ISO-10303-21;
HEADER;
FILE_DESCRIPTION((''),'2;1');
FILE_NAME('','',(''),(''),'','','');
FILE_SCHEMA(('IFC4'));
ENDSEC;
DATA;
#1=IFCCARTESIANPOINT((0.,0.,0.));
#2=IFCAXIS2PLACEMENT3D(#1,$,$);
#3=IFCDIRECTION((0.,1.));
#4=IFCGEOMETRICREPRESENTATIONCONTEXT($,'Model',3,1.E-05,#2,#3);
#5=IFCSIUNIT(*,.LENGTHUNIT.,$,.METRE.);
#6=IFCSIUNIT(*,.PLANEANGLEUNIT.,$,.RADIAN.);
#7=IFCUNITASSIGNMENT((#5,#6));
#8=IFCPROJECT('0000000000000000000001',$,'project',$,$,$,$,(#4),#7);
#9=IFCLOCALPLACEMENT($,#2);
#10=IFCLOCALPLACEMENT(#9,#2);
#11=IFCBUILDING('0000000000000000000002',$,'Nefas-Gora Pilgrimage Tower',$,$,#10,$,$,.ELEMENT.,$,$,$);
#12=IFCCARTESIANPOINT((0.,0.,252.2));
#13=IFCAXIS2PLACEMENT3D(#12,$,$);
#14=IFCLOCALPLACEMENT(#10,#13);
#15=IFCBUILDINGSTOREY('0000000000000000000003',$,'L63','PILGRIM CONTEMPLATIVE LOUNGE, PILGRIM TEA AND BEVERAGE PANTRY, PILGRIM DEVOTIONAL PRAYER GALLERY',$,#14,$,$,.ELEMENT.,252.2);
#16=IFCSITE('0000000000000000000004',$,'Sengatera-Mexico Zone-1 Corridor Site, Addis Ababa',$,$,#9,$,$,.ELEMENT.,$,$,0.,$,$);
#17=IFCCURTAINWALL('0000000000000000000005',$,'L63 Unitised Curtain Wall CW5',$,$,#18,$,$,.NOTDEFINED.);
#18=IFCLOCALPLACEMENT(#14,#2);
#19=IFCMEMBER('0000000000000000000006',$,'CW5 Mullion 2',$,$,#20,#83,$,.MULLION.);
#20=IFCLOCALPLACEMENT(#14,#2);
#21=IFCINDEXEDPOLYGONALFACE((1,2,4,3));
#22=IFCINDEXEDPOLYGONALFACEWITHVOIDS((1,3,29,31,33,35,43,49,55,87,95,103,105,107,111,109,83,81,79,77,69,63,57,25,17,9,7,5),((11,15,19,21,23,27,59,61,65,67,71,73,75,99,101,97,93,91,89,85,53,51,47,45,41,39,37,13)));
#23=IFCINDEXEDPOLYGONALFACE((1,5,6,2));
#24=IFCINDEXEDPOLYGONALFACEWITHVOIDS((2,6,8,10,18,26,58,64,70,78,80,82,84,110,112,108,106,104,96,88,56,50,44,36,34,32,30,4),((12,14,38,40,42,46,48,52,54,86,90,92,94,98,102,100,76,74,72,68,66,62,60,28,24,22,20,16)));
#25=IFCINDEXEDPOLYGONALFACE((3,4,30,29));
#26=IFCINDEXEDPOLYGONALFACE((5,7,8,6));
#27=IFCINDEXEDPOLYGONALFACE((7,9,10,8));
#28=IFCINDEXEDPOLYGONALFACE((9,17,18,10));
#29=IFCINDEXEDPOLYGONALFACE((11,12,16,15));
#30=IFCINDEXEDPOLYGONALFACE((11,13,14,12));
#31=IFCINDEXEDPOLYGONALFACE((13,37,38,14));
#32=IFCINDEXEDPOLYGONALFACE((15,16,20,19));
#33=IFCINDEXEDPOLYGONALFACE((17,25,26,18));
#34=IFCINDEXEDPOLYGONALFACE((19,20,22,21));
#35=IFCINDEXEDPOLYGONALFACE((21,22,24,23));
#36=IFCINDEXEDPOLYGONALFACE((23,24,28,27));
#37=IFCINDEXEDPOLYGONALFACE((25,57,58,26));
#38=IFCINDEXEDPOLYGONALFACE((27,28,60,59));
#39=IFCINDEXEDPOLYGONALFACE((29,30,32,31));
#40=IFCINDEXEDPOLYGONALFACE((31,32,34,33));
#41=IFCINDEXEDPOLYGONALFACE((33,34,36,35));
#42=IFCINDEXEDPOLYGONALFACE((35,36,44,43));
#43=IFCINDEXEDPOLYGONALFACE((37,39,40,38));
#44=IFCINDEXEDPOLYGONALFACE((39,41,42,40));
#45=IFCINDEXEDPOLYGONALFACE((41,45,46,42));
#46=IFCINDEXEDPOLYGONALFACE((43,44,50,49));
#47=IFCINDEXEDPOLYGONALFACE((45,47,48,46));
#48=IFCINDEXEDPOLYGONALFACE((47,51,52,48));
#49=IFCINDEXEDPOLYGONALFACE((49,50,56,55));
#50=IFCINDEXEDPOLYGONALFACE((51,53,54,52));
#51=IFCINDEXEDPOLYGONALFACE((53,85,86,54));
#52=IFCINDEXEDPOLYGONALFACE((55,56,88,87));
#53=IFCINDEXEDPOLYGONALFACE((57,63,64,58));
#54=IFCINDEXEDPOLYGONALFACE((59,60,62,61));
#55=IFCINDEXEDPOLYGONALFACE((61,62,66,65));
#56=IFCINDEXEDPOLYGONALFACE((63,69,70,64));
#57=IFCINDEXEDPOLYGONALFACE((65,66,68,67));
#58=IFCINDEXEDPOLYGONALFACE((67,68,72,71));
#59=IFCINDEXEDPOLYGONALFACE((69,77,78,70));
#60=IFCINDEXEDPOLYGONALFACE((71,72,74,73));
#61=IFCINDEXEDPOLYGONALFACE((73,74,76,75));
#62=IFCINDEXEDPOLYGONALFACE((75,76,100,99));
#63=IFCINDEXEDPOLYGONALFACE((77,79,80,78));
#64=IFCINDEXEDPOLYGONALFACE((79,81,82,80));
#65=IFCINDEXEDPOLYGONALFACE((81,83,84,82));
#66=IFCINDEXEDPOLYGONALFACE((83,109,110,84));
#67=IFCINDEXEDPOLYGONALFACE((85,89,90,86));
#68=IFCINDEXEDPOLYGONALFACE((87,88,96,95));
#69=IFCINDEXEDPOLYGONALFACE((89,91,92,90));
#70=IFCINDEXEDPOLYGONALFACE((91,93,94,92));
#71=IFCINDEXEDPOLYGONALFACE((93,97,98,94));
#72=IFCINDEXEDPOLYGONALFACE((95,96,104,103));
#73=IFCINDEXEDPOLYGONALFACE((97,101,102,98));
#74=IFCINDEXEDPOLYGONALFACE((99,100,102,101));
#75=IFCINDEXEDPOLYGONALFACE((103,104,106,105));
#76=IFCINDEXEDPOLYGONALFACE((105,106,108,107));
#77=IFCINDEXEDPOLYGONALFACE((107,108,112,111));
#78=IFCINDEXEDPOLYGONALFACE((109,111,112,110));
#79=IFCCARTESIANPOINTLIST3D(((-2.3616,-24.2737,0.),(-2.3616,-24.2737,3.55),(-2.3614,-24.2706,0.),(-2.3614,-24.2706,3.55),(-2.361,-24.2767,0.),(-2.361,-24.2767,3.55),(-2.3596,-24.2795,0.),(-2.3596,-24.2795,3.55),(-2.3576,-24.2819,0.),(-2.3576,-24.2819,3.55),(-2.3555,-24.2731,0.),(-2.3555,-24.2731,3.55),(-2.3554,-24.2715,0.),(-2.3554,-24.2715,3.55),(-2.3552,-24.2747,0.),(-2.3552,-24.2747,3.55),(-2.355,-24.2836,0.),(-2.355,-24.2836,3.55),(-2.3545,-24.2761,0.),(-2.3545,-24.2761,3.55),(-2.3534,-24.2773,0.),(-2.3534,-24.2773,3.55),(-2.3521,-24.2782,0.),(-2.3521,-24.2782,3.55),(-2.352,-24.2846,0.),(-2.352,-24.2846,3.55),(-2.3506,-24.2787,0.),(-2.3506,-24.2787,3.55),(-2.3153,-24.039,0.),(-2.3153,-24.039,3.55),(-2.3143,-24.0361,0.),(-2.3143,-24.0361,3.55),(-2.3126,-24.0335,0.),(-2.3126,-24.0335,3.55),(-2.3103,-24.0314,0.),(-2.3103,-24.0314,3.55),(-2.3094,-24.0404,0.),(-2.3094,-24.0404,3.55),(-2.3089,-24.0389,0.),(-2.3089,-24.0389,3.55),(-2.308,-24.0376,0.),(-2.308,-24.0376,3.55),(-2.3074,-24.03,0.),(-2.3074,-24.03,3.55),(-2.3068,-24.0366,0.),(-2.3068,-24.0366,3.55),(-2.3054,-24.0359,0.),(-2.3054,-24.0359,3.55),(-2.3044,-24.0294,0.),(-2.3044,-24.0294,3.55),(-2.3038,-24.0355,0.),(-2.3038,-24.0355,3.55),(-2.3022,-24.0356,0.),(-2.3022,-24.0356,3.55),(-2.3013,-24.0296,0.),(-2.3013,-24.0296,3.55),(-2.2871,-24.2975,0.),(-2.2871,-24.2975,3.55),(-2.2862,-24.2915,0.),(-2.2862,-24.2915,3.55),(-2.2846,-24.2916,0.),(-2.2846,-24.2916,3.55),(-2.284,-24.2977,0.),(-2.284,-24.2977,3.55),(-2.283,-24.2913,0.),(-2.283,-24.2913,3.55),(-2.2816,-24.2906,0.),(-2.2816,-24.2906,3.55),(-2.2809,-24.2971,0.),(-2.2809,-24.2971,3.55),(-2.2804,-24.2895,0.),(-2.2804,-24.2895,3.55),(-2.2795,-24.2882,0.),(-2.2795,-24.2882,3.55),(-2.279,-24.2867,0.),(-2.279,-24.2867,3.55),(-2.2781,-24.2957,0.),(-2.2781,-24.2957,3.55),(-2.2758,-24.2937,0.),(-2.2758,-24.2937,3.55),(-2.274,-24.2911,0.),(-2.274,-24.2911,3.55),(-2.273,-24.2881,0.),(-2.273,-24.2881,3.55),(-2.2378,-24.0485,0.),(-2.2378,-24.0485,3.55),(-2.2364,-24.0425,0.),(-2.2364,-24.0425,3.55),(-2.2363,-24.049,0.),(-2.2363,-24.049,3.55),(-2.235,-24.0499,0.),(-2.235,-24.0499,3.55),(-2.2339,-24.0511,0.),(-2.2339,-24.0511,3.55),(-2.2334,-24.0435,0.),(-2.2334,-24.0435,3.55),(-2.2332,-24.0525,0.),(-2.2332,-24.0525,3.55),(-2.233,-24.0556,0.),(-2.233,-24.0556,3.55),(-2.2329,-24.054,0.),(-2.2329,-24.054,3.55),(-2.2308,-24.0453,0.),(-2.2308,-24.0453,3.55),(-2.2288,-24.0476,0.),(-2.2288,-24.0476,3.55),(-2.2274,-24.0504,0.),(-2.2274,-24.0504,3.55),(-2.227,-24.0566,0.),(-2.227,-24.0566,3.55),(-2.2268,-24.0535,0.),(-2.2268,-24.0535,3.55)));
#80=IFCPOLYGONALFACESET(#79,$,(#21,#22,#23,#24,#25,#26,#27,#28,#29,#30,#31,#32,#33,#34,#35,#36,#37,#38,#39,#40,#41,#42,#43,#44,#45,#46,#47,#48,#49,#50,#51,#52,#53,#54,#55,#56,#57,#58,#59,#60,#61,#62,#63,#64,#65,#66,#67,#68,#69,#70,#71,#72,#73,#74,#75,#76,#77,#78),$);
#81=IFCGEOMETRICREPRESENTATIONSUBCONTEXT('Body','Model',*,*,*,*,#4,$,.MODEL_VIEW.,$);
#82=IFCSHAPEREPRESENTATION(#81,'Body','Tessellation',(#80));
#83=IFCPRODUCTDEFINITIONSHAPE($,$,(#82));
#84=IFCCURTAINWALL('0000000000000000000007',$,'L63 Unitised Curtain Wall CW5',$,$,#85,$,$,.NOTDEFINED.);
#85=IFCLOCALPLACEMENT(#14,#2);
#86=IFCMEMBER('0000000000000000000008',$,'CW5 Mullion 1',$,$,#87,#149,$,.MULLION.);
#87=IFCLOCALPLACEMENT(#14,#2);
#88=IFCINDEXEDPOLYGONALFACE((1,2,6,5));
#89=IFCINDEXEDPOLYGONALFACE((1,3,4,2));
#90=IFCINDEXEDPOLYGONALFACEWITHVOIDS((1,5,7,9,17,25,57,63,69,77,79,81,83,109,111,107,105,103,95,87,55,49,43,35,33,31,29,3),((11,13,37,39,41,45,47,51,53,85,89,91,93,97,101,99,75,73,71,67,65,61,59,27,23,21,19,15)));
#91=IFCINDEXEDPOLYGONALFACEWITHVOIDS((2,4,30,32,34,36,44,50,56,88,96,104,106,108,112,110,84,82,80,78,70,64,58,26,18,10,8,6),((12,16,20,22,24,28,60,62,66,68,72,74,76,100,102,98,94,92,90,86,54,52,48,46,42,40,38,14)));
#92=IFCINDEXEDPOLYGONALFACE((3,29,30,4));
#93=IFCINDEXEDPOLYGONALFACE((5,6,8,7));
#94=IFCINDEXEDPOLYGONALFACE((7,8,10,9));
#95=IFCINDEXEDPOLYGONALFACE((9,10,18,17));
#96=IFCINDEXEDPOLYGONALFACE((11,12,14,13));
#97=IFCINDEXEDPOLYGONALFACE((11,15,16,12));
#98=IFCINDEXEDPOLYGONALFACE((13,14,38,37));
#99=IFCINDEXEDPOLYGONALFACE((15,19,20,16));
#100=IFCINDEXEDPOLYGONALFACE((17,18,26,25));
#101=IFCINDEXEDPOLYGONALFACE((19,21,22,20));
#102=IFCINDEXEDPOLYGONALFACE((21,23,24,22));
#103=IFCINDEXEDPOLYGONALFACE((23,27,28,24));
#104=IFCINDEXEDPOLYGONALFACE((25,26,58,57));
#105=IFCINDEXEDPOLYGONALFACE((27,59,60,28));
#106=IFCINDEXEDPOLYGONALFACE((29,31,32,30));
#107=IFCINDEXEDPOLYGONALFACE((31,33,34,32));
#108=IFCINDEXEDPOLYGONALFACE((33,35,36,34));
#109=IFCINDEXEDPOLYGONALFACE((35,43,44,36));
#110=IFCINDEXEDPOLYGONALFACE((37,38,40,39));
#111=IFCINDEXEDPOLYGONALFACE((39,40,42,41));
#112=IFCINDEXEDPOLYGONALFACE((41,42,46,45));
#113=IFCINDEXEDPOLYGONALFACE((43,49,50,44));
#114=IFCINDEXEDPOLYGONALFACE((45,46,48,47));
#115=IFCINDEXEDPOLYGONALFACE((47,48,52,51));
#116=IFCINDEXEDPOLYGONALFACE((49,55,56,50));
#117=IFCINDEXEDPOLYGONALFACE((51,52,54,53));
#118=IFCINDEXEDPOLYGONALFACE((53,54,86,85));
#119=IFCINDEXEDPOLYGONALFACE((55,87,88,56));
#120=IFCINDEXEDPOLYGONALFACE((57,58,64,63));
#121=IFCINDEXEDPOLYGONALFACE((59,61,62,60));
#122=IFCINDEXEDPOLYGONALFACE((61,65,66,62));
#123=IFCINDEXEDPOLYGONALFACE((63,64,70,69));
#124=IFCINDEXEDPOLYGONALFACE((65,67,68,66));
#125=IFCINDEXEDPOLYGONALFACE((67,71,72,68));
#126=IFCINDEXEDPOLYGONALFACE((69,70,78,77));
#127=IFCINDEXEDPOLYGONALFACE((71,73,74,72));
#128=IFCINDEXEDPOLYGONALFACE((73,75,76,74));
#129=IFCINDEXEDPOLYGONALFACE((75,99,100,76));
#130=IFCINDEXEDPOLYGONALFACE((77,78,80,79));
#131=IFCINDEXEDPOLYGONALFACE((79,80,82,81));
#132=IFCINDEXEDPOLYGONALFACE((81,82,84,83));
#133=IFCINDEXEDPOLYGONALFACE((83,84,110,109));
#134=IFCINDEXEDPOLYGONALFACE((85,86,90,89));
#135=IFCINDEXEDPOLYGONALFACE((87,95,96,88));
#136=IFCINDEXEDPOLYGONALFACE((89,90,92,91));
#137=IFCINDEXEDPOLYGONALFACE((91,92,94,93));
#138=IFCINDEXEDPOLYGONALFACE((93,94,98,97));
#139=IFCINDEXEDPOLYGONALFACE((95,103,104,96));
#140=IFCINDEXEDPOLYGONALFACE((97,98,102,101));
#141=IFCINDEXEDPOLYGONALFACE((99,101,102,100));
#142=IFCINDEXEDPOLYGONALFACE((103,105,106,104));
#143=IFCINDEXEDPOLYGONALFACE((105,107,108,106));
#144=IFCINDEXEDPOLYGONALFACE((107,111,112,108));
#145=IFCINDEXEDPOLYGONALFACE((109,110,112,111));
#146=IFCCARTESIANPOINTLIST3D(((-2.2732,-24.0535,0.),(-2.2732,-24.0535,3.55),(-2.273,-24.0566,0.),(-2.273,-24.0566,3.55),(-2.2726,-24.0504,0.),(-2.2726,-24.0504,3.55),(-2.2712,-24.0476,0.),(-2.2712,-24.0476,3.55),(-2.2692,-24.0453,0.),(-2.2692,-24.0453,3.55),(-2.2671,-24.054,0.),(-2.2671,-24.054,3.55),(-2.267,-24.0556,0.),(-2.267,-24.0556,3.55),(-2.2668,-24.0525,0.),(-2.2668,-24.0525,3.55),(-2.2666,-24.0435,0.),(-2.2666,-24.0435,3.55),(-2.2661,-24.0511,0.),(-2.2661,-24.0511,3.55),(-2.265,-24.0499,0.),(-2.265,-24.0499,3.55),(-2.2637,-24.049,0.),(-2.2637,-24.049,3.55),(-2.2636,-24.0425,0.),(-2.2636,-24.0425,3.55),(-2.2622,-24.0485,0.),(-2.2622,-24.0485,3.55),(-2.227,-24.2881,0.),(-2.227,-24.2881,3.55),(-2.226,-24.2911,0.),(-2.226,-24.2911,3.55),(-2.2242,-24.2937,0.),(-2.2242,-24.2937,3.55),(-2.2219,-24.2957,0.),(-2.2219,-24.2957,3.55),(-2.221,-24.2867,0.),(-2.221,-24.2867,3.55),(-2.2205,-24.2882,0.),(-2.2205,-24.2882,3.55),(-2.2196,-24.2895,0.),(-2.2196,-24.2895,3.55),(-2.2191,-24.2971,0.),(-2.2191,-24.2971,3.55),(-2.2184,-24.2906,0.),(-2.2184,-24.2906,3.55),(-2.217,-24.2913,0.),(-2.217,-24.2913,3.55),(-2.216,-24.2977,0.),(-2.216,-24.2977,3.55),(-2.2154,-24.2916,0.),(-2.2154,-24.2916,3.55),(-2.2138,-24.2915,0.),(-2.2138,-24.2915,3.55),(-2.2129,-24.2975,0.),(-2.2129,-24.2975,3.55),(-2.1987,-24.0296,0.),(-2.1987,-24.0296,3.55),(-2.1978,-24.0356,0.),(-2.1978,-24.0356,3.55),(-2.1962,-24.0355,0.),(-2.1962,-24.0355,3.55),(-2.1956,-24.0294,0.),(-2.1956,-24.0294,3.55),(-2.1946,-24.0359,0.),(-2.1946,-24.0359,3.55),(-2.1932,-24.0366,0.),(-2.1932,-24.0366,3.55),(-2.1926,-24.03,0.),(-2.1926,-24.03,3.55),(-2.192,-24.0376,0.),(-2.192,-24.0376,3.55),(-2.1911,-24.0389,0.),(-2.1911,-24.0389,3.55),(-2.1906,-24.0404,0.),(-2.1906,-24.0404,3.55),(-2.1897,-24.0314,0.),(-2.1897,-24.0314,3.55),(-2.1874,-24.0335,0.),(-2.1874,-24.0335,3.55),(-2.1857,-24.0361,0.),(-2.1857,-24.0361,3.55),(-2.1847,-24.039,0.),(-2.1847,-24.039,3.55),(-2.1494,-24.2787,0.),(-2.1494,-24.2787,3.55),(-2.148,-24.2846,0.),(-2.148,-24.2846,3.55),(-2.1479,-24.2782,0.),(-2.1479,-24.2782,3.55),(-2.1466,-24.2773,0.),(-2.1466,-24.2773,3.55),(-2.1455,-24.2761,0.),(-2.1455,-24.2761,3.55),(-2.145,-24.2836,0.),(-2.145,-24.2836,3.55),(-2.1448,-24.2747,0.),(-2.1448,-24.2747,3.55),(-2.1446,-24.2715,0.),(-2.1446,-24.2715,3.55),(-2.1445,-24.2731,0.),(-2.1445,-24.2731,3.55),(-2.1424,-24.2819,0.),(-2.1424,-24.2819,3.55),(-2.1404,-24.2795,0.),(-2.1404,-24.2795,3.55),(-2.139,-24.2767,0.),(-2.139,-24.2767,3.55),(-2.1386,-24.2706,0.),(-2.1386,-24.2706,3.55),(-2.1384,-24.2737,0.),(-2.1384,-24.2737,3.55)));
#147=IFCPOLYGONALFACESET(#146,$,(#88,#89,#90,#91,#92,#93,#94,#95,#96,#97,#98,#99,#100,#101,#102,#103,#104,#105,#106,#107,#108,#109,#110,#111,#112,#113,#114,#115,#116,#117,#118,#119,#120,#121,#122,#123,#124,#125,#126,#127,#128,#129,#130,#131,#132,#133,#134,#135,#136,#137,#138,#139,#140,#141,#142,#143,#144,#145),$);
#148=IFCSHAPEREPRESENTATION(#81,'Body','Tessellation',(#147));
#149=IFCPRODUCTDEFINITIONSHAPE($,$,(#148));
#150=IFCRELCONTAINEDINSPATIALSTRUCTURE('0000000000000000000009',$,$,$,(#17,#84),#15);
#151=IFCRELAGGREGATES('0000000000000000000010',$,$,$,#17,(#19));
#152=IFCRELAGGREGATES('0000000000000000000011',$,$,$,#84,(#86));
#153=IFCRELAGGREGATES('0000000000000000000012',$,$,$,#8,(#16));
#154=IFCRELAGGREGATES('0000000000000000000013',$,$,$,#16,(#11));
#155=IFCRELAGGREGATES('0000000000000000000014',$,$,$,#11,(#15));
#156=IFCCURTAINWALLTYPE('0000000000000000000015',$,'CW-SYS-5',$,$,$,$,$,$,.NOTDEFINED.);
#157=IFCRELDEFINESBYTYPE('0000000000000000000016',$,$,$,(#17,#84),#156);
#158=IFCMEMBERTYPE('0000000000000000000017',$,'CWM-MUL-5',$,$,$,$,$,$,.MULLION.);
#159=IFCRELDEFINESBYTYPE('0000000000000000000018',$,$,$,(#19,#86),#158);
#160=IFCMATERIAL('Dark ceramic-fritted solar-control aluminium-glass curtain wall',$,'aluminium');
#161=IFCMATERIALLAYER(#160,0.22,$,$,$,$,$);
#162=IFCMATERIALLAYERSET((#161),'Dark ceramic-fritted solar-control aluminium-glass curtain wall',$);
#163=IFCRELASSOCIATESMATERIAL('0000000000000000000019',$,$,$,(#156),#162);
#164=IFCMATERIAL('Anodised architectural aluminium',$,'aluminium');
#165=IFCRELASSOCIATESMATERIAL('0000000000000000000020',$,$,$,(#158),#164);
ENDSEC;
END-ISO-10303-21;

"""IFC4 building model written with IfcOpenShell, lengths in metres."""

from ifc_helpers import new_model, si_unit, direction, frame, origin, origin_2d, place, context, subcontext, project, spatial, hollow_rectangle, extrude, source, transform, mapped, material, layer, layer_set, material_profile, profile_set, type_object, element, aggregate, save


model = new_model("IFC4")

# Units and contexts
model_context = context("Model", 3, precision=1e-05, world=origin(), true_north=direction((0.0, 1.0)))
body_context = subcontext(model_context, "Body", "Model", "MODEL_VIEW")
ifc_project = project(units=[si_unit("LENGTHUNIT", "METRE"), si_unit("PLANEANGLEUNIT", "RADIAN")], contexts=[model_context])

# Site, building, storey
site_placement = place(None, origin())
site = spatial("IfcSite", under=ifc_project, at=site_placement, Name="Sengatera-Mexico Zone-1 Corridor Site, Addis Ababa", CompositionType="ELEMENT", RefElevation=0.0)
building_placement = place(site_placement, origin())
building = spatial("IfcBuilding", under=site, at=building_placement, Name="Nefas-Gora Pilgrimage Tower", CompositionType="ELEMENT")
storey_placement = place(building_placement, frame((0.0, 0.0, 252.2)))
storey = spatial("IfcBuildingStorey", under=building, at=storey_placement, Name="L63", Description="PILGRIM CONTEMPLATIVE LOUNGE, PILGRIM TEA AND BEVERAGE PANTRY, PILGRIM DEVOTIONAL PRAYER GALLERY", CompositionType="ELEMENT", Elevation=252.2)

# Shared definitions
ifc_material_1 = material(Name="Dark ceramic-fritted solar-control aluminium-glass curtain wall", Category="aluminium")
ifc_layer_1 = layer(ifc_material_1, 0.22)
ifc_layer_set_1 = layer_set([ifc_layer_1], Name="Dark ceramic-fritted solar-control aluminium-glass curtain wall")
curtain_wall_type = type_object("IfcCurtainWallType", Name="CW-SYS-5", PredefinedType="NOTDEFINED", material=ifc_layer_set_1)
ifc_material_2 = material(Name="Anodised architectural aluminium", Category="aluminium")
ifc_material_profile_1 = material_profile(ifc_material_2, hollow_rectangle(XDim=0.0901, YDim=0.26, WallThickness=0.0061, InnerFilletRadius=0.0061, OuterFilletRadius=0.012, at=origin_2d()), Name="ALU MULLION 90x260")
ifc_profile_set_1 = profile_set([ifc_material_profile_1], Name="Anodised architectural aluminium")
member_type_1 = type_object("IfcMemberType", Name="CWM-MUL-5", PredefinedType="MULLION", material=ifc_profile_set_1)
shared_shape_1 = source(origin(), body_context, "Body", "SweptSolid", [
    extrude(hollow_rectangle(XDim=0.0901, YDim=0.26, WallThickness=0.0061, InnerFilletRadius=0.0061, OuterFilletRadius=0.012, at=origin_2d()), origin(), (0.0, 0.0, 1.0), 3.55),
])

# Curtain wall, member
curtain_wall_1_placement = place(storey_placement, origin())
curtain_wall_1 = element("IfcCurtainWall", 1, at=curtain_wall_1_placement, inside=storey, type_object=curtain_wall_type, Name="L63 Unitised Curtain Wall CW5", PredefinedType="NOTDEFINED")
member_1_placement = place(storey_placement, frame((-2.2942, -24.1636, 0.0), z_axis=(0.0, 0.0, 1.0), x_axis=(0.980783, -0.195102, 0.0)))
member_1 = element("IfcMember", 2, at=member_1_placement, type_object=member_type_1, Name="CW5 Mullion 2", PredefinedType="MULLION", context=body_context, shape_type="MappedRepresentation", body=[
    mapped(shared_shape_1, transform((0.0, 0.0, 0.0), x_axis=(1.0, 0.0, 0.0), y_axis=(0.0, 1.0, 0.0), z_axis=(0.0, 0.0, 1.0), scale=1.0)),
])

# Curtain wall, member
curtain_wall_2_placement = place(storey_placement, origin())
curtain_wall_2 = element("IfcCurtainWall", 3, at=curtain_wall_2_placement, inside=storey, type_object=curtain_wall_type, Name="L63 Unitised Curtain Wall CW5", PredefinedType="NOTDEFINED")
member_2_placement = place(storey_placement, frame((-2.2058, -24.1636, 0.0), z_axis=(0.0, 0.0, 1.0), x_axis=(0.980783, 0.195102, 0.0)))
member_2 = element("IfcMember", 4, at=member_2_placement, type_object=member_type_1, Name="CW5 Mullion 1", PredefinedType="MULLION", context=body_context, shape_type="MappedRepresentation", body=[
    mapped(shared_shape_1, transform((0.0, 0.0, 0.0), x_axis=(1.0, 0.0, 0.0), y_axis=(0.0, 1.0, 0.0), z_axis=(0.0, 0.0, 1.0), scale=1.0)),
])

aggregate(curtain_wall_1, [member_1])
aggregate(curtain_wall_2, [member_2])

save(model, "model.ifc")
